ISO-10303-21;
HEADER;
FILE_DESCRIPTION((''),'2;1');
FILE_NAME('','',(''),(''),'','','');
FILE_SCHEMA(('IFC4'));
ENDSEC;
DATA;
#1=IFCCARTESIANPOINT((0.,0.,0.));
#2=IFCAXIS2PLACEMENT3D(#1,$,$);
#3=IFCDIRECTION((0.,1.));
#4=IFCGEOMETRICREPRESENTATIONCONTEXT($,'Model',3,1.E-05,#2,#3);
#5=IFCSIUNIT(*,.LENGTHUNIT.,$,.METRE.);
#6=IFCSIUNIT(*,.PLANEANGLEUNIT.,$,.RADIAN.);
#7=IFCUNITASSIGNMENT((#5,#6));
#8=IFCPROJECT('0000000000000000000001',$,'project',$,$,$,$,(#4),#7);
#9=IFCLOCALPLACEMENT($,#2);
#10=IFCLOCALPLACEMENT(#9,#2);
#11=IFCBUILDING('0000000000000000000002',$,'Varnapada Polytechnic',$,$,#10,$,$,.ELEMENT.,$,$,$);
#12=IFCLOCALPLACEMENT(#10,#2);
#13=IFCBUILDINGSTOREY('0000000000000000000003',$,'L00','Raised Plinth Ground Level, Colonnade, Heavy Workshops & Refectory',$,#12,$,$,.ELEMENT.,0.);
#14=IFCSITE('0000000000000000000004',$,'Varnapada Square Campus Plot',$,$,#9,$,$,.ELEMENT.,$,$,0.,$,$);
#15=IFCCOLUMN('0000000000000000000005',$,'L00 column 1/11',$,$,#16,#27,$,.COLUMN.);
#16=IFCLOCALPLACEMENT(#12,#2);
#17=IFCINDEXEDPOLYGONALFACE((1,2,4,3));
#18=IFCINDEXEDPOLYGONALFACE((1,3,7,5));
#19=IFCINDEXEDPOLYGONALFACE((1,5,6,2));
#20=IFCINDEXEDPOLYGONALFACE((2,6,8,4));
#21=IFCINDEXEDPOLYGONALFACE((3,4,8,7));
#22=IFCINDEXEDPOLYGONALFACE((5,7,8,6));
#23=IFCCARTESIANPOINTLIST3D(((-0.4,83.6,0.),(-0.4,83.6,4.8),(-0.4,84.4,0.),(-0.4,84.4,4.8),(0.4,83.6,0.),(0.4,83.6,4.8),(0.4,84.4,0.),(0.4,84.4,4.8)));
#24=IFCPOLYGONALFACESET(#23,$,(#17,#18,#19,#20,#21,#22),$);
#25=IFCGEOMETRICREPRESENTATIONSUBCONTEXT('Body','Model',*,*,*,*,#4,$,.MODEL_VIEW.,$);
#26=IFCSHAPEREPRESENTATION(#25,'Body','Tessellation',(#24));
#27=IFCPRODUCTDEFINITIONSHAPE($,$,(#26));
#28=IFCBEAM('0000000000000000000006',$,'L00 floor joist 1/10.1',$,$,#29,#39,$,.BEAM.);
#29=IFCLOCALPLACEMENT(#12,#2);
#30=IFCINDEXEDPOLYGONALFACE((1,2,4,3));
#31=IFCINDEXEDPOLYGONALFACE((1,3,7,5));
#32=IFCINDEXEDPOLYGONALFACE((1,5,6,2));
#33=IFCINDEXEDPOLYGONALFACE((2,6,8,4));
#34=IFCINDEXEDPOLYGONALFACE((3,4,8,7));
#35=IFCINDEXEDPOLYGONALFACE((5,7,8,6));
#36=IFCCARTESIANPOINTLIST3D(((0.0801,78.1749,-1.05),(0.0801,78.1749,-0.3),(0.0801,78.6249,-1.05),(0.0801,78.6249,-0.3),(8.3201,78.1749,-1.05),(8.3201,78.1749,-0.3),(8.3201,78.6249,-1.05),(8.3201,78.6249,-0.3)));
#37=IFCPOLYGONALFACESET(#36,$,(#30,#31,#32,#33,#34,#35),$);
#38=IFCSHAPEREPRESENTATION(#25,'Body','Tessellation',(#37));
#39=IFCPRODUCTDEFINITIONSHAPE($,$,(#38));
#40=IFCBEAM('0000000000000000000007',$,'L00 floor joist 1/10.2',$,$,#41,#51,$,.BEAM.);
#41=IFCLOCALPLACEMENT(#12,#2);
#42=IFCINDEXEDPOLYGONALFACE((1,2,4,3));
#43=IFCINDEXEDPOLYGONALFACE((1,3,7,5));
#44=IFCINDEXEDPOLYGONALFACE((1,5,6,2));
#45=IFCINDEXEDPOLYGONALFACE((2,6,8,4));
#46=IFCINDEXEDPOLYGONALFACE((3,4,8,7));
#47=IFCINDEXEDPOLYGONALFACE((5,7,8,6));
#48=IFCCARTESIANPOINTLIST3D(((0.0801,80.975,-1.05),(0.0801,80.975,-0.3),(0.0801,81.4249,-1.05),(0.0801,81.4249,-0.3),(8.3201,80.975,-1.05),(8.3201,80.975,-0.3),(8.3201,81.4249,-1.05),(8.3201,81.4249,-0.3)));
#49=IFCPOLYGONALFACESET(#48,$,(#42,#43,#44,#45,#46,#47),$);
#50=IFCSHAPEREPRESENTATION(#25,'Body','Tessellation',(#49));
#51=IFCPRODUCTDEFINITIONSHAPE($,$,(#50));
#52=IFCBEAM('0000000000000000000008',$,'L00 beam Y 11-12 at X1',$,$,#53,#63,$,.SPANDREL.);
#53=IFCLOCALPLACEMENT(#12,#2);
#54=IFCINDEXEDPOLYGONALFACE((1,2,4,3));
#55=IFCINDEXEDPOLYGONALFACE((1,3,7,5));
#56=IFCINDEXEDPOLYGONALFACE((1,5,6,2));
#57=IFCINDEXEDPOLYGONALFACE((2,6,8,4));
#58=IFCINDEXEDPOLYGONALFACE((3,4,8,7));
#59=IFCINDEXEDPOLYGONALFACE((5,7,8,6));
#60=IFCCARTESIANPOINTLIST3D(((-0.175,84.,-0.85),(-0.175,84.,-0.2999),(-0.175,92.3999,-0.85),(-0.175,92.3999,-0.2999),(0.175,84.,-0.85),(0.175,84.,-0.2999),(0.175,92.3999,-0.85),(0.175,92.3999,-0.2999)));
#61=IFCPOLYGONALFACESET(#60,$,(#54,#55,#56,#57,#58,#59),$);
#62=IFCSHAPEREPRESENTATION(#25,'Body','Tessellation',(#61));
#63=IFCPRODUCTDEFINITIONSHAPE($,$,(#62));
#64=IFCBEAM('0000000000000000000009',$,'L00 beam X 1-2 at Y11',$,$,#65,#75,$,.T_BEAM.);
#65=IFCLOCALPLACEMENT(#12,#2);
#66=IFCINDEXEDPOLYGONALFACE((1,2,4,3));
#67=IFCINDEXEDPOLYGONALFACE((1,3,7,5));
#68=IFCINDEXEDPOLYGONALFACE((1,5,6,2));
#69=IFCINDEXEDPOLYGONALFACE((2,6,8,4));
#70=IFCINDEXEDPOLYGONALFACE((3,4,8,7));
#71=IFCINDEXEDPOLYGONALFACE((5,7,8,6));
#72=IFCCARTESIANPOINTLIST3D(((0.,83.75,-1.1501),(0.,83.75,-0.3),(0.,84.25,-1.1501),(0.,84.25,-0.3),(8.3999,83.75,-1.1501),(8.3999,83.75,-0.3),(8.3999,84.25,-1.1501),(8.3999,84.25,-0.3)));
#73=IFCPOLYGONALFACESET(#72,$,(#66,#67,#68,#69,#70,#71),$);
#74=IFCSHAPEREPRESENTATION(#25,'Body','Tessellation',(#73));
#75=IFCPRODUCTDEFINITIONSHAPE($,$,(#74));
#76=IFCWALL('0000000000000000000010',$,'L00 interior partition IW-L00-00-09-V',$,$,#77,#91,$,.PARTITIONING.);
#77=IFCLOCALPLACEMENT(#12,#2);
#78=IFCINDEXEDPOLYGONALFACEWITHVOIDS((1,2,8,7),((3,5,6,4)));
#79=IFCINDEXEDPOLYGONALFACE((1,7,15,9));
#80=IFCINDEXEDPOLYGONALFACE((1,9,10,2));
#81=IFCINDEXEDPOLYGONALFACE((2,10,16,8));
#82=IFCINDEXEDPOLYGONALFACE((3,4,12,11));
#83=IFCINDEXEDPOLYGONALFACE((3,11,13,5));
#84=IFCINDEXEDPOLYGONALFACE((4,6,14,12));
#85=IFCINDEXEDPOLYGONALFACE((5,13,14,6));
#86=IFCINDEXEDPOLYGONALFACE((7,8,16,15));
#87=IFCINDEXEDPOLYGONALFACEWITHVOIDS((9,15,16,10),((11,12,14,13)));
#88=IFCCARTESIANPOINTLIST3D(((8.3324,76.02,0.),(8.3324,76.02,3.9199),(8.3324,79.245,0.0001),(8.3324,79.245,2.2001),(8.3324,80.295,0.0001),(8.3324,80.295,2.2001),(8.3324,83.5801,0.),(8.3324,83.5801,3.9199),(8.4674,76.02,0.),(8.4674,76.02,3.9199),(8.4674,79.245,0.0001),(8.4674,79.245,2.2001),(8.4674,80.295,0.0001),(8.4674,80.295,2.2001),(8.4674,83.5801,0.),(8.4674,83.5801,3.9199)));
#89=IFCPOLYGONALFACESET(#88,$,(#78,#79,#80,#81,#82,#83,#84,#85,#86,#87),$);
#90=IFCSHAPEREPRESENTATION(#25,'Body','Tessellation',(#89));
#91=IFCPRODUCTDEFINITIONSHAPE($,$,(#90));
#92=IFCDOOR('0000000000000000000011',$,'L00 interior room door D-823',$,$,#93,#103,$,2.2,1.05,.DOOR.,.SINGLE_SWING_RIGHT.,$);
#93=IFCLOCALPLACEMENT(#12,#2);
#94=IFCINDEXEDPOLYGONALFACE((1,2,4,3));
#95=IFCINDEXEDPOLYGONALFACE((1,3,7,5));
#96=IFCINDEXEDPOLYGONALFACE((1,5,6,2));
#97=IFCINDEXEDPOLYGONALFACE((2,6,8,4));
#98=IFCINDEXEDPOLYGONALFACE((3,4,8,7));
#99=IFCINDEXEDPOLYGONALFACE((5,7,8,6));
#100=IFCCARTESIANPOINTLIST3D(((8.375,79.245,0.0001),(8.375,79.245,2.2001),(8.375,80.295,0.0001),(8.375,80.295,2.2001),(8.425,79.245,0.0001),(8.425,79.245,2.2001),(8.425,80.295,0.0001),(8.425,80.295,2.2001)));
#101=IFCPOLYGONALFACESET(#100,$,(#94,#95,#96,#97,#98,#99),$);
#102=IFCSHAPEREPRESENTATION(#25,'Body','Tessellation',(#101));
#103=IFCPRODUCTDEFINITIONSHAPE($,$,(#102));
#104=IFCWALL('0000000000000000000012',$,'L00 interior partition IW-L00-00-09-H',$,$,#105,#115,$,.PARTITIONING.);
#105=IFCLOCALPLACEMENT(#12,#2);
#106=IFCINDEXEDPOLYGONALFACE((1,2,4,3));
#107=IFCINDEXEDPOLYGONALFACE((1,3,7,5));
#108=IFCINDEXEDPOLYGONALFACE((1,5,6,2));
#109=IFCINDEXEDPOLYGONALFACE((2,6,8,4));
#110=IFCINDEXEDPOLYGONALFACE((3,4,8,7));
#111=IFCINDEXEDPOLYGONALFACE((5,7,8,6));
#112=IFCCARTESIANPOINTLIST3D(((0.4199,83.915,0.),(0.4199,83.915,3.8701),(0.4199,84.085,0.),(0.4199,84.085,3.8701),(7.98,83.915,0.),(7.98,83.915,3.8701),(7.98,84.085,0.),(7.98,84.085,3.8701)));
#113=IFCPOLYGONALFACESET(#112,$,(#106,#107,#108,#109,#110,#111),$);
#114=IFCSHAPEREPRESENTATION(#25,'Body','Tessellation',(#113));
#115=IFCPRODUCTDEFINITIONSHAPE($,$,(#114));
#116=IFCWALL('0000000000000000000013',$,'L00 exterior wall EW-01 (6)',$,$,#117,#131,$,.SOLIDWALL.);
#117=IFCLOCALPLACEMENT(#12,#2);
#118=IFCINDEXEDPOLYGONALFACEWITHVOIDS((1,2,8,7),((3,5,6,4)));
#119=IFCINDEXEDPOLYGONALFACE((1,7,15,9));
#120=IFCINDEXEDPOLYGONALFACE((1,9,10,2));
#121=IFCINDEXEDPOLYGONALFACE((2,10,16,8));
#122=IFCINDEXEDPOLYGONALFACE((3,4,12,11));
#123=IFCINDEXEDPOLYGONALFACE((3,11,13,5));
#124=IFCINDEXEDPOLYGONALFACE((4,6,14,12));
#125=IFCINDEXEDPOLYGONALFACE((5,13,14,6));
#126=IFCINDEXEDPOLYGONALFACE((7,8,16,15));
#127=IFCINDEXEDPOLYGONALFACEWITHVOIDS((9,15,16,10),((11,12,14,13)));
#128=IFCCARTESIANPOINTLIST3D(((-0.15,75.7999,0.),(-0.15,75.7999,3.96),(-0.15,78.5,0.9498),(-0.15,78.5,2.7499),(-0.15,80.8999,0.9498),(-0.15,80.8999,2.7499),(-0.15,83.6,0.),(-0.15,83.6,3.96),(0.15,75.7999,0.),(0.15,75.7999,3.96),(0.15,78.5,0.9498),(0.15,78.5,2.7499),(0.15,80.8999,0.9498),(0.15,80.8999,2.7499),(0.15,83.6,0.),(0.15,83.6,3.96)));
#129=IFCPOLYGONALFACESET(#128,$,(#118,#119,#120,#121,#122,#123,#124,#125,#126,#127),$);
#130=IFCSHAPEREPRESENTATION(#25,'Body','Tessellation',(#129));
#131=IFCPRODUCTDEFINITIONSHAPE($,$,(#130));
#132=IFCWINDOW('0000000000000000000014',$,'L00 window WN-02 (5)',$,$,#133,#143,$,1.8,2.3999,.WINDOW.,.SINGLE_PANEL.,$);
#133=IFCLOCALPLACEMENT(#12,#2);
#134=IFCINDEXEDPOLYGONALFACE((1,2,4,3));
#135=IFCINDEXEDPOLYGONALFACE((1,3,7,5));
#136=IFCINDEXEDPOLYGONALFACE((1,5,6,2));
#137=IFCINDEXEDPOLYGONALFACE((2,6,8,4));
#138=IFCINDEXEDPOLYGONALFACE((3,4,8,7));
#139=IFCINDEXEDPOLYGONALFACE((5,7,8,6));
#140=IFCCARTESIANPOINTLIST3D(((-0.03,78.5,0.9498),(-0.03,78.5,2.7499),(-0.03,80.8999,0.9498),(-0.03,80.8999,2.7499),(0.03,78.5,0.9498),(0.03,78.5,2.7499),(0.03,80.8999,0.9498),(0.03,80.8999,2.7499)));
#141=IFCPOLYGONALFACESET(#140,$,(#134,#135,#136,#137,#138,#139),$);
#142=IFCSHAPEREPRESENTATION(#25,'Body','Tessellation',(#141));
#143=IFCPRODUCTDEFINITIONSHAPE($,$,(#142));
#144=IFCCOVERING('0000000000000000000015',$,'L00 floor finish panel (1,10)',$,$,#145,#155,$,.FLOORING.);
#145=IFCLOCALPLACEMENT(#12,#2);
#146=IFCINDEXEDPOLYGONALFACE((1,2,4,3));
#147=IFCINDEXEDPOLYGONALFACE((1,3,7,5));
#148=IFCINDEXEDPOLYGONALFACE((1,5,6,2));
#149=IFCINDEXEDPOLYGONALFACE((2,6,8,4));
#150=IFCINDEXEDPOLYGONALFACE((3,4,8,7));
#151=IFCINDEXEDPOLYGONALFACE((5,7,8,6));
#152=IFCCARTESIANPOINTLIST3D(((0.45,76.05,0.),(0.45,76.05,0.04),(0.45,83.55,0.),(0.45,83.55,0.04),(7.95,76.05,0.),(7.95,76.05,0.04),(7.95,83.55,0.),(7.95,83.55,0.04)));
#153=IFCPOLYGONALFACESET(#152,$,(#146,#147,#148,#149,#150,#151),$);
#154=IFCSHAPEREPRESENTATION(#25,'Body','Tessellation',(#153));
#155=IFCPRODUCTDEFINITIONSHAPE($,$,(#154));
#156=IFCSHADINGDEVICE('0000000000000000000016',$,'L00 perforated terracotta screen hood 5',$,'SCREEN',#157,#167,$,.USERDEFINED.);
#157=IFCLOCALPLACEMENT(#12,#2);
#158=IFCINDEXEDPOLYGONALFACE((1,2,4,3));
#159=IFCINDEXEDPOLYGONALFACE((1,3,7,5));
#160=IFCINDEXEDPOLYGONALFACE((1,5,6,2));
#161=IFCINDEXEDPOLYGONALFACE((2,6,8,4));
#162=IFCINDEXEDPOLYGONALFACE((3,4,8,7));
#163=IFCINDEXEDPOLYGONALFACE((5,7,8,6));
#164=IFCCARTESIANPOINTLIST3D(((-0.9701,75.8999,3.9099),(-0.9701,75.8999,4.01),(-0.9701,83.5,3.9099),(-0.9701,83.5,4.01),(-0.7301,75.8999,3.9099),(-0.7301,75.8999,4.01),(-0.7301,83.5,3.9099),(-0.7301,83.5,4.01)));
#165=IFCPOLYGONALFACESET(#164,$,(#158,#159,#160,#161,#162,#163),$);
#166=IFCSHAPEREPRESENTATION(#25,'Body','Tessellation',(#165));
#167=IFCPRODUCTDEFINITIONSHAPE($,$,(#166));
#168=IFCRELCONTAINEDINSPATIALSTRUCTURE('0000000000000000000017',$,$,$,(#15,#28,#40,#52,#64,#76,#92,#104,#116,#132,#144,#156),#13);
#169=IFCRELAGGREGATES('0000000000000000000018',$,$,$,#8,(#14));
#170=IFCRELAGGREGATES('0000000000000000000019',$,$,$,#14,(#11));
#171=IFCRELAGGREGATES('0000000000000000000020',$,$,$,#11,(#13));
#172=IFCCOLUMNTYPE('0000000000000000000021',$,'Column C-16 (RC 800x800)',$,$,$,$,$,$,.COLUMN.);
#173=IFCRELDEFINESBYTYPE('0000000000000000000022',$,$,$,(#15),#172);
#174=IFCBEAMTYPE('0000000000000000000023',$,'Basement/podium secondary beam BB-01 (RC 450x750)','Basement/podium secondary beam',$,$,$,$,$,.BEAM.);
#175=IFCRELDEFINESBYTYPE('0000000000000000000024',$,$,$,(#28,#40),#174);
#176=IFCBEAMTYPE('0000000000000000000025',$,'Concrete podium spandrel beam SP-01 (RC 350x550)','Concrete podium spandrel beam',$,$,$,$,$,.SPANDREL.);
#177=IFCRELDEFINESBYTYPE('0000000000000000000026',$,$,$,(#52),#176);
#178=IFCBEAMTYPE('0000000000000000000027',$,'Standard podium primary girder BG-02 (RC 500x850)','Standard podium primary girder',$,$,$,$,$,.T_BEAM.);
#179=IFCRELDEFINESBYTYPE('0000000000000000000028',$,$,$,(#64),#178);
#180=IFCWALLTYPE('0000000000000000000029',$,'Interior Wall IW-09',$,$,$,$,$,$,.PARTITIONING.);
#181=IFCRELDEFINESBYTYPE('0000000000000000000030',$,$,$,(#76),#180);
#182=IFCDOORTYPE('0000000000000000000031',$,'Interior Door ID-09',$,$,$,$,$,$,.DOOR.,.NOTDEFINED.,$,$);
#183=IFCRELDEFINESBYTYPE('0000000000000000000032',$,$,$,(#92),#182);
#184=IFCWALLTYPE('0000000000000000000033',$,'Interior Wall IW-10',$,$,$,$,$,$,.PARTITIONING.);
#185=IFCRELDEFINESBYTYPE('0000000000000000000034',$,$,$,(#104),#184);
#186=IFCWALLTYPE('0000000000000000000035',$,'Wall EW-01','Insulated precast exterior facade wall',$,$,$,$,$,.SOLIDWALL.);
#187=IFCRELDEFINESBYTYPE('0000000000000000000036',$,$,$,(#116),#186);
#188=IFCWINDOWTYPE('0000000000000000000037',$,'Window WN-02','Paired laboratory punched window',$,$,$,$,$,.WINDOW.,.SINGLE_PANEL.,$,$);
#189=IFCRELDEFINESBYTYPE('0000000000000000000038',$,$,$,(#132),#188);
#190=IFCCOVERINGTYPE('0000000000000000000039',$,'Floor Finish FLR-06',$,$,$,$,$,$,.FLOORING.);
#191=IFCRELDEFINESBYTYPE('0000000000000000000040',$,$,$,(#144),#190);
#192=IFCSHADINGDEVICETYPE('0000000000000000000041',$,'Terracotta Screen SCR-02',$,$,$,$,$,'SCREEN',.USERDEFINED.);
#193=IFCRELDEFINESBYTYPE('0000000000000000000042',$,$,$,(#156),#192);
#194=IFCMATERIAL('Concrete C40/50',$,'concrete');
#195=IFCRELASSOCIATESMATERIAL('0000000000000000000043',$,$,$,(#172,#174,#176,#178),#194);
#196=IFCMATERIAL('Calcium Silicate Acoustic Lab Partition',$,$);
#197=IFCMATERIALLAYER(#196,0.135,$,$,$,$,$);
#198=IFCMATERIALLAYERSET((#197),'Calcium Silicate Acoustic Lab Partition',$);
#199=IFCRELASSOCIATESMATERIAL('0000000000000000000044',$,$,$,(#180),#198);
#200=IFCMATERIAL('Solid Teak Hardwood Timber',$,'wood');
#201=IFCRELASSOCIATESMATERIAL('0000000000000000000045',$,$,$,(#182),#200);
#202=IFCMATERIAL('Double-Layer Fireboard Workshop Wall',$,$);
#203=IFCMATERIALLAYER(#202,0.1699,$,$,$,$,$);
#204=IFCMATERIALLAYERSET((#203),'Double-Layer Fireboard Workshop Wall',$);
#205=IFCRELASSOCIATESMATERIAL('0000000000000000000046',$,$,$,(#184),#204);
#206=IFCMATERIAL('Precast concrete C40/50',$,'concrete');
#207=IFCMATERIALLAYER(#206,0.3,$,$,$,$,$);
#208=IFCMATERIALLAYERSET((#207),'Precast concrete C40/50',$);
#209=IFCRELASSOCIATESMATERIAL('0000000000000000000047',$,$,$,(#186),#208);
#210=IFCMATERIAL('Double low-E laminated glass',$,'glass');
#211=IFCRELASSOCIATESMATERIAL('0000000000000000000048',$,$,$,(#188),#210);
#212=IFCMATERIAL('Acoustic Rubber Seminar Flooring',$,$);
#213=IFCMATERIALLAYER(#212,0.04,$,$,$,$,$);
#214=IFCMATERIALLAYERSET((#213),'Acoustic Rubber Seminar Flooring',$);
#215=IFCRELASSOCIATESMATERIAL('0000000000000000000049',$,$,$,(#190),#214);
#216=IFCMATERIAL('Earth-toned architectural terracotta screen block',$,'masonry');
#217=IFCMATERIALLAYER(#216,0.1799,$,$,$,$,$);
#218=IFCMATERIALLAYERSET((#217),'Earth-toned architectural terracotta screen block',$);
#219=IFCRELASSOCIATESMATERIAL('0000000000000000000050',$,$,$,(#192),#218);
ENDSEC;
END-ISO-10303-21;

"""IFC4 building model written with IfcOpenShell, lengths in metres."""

from ifc_helpers import new_model, si_unit, direction, frame, frame_2d, origin, origin_2d, place, context, subcontext, project, spatial, rectangle, extrude, material, layer, layer_set, material_profile, profile_set, type_object, element, fill, save


model = new_model("IFC4")

# Units and contexts
model_context = context("Model", 3, precision=1e-05, world=origin(), true_north=direction((0.0, 1.0)))
body_context = subcontext(model_context, "Body", "Model", "MODEL_VIEW")
ifc_project = project(units=[si_unit("LENGTHUNIT", "METRE"), si_unit("PLANEANGLEUNIT", "RADIAN")], contexts=[model_context])

# Site, building, storey
site_placement = place(None, origin())
site = spatial("IfcSite", under=ifc_project, at=site_placement, Name="Varnapada Square Campus Plot", CompositionType="ELEMENT", RefElevation=0.0)
building_placement = place(site_placement, origin())
building = spatial("IfcBuilding", under=site, at=building_placement, Name="Varnapada Polytechnic", CompositionType="ELEMENT")
storey_placement = place(building_placement, origin())
storey = spatial("IfcBuildingStorey", under=building, at=storey_placement, Name="L00", Description="Raised Plinth Ground Level, Colonnade, Heavy Workshops & Refectory", CompositionType="ELEMENT", Elevation=0.0)

# Column
ifc_material_1 = material(Name="Concrete C40/50", Category="concrete")
ifc_material_profile_1 = material_profile(ifc_material_1, rectangle(XDim=0.8, YDim=0.8, at=origin_2d()), Name="RC 800x800")
ifc_profile_set_1 = profile_set([ifc_material_profile_1], Name="Concrete C40/50")
column_type = type_object("IfcColumnType", Name="Column C-16 (RC 800x800)", PredefinedType="COLUMN", material=ifc_profile_set_1)
column_placement = place(storey_placement, frame((0.0, 84.0, 0.0), z_axis=(0.0, 0.0, 1.0), x_axis=(1.0, 0.0, 0.0)))
element("IfcColumn", 1, at=column_placement, inside=storey, type_object=column_type, Name="L00 column 1/11", PredefinedType="COLUMN", context=body_context, shape_type="SweptSolid", body=[
    extrude(rectangle(XDim=0.8, YDim=0.8, at=origin_2d()), origin(), (0.0, 0.0, 1.0), 4.8),
])

# Beams
ifc_material_profile_2 = material_profile(ifc_material_1, rectangle(XDim=0.45, YDim=0.75, at=origin_2d()), Name="RC 450x750")
ifc_profile_set_2 = profile_set([ifc_material_profile_2], Name="Concrete C40/50")
beam_type_1 = type_object("IfcBeamType", Name="Basement/podium secondary beam BB-01 (RC 450x750)", Description="Basement/podium secondary beam", PredefinedType="BEAM", material=ifc_profile_set_2)
for number, where, z_axis, x_axis, name in (
    (2, (0.0801, 78.3999, -0.675), (1.0, 0.0, 0.0), (0.0, 1.0, 0.0), "L00 floor joist 1/10.1"),
    (3, (0.0801, 81.2, -0.675), (1.0, 0.0, 0.0), (0.0, 1.0, 0.0), "L00 floor joist 1/10.2"),
):
    element("IfcBeam", number, at=place(storey_placement, frame(where, z_axis=z_axis, x_axis=x_axis)), inside=storey, type_object=beam_type_1, Name=name, PredefinedType="BEAM", context=body_context, shape_type="SweptSolid", body=[
        extrude(rectangle(XDim=0.45, YDim=0.75, at=origin_2d()), origin(), (0.0, 0.0, 1.0), 8.24),
    ])
ifc_material_profile_3 = material_profile(ifc_material_1, rectangle(XDim=0.3501, YDim=0.55, at=origin_2d()), Name="RC 350x550")
ifc_profile_set_3 = profile_set([ifc_material_profile_3], Name="Concrete C40/50")
beam_type_2 = type_object("IfcBeamType", Name="Concrete podium spandrel beam SP-01 (RC 350x550)", Description="Concrete podium spandrel beam", PredefinedType="SPANDREL", material=ifc_profile_set_3)
beam_1_placement = place(storey_placement, frame((0.0, 84.0, -0.575), z_axis=(0.0, 1.0, 0.0), x_axis=(-1.0, 0.0, 0.0)))
element("IfcBeam", 4, at=beam_1_placement, inside=storey, type_object=beam_type_2, Name="L00 beam Y 11-12 at X1", PredefinedType="SPANDREL", context=body_context, shape_type="SweptSolid", body=[
    extrude(rectangle(XDim=0.3501, YDim=0.55, at=origin_2d()), origin(), (0.0, 0.0, 1.0), 8.3999),
])
ifc_material_profile_4 = material_profile(ifc_material_1, rectangle(XDim=0.5, YDim=0.8501, at=origin_2d()), Name="RC 500x850")
ifc_profile_set_4 = profile_set([ifc_material_profile_4], Name="Concrete C40/50")
beam_type_3 = type_object("IfcBeamType", Name="Standard podium primary girder BG-02 (RC 500x850)", Description="Standard podium primary girder", PredefinedType="T_BEAM", material=ifc_profile_set_4)
beam_2_placement = place(storey_placement, frame((0.0, 84.0, -0.7251), z_axis=(1.0, 0.0, 0.0), x_axis=(0.0, 1.0, 0.0)))
element("IfcBeam", 5, at=beam_2_placement, inside=storey, type_object=beam_type_3, Name="L00 beam X 1-2 at Y11", PredefinedType="T_BEAM", context=body_context, shape_type="SweptSolid", body=[
    extrude(rectangle(XDim=0.5, YDim=0.8501, at=origin_2d()), origin(), (0.0, 0.0, 1.0), 8.3999),
])

# Wall, opening, door
ifc_material_2 = material(Name="Calcium Silicate Acoustic Lab Partition")
ifc_layer_1 = layer(ifc_material_2, 0.135)
ifc_layer_set_1 = layer_set([ifc_layer_1], Name="Calcium Silicate Acoustic Lab Partition")
wall_type_1 = type_object("IfcWallType", Name="Interior Wall IW-09", PredefinedType="PARTITIONING", material=ifc_layer_set_1)
wall_1_placement = place(storey_placement, frame((8.3999, 76.02, 0.0), z_axis=(0.0, 0.0, 1.0), x_axis=(0.0, 1.0, 0.0)))
wall_1 = element("IfcWall", 6, at=wall_1_placement, inside=storey, type_object=wall_type_1, Name="L00 interior partition IW-L00-00-09-V", PredefinedType="PARTITIONING", context=body_context, shape_type="SweptSolid", body=[
    extrude(rectangle(XDim=7.5601, YDim=0.135, at=frame_2d((3.78, 0.0))), origin(), (0.0, 0.0, 1.0), 3.9199),
])
opening_1_placement = place(wall_1_placement, frame((3.2251, 0.0, 0.0)))
opening_1 = element("IfcOpeningElement", 7, at=opening_1_placement, cuts=wall_1, PredefinedType="OPENING", context=body_context, shape_type="SweptSolid", body=[
    extrude(rectangle(XDim=1.05, YDim=2.2, at=frame_2d((0.5249, 1.1001))), frame((0.0, 0.0774, 0.0), z_axis=(0.0, -1.0, 0.0), x_axis=(1.0, 0.0, 0.0)), (0.0, 0.0, 1.0), 0.155),
])
ifc_material_3 = material(Name="Solid Teak Hardwood Timber", Category="wood")
door_type = type_object("IfcDoorType", Name="Interior Door ID-09", OperationType="NOTDEFINED", PredefinedType="DOOR", material=ifc_material_3)
door_placement = place(opening_1_placement, origin())
door = element("IfcDoor", 8, at=door_placement, inside=storey, type_object=door_type, Name="L00 interior room door D-823", OperationType="SINGLE_SWING_RIGHT", OverallHeight=2.2, OverallWidth=1.05, PredefinedType="DOOR", context=body_context, shape_type="SweptSolid", body=[
    extrude(rectangle(XDim=1.05, YDim=2.2, at=frame_2d((0.5249, 1.1001))), frame((0.0, 0.0249, 0.0), z_axis=(0.0, -1.0, 0.0), x_axis=(1.0, 0.0, 0.0)), (0.0, 0.0, 1.0), 0.05),
])
fill(opening_1, door)

# Wall
ifc_material_4 = material(Name="Double-Layer Fireboard Workshop Wall")
ifc_layer_2 = layer(ifc_material_4, 0.1699)
ifc_layer_set_2 = layer_set([ifc_layer_2], Name="Double-Layer Fireboard Workshop Wall")
wall_type_2 = type_object("IfcWallType", Name="Interior Wall IW-10", PredefinedType="PARTITIONING", material=ifc_layer_set_2)
wall_2_placement = place(storey_placement, frame((0.4199, 84.0, 0.0), z_axis=(0.0, 0.0, 1.0), x_axis=(1.0, 0.0, 0.0)))
element("IfcWall", 9, at=wall_2_placement, inside=storey, type_object=wall_type_2, Name="L00 interior partition IW-L00-00-09-H", PredefinedType="PARTITIONING", context=body_context, shape_type="SweptSolid", body=[
    extrude(rectangle(XDim=7.5601, YDim=0.1699, at=frame_2d((3.78, 0.0))), origin(), (0.0, 0.0, 1.0), 3.8701),
])

# Wall, opening, window
ifc_material_5 = material(Name="Precast concrete C40/50", Category="concrete")
ifc_layer_3 = layer(ifc_material_5, 0.3)
ifc_layer_set_3 = layer_set([ifc_layer_3], Name="Precast concrete C40/50")
wall_type_3 = type_object("IfcWallType", Name="Wall EW-01", Description="Insulated precast exterior facade wall", PredefinedType="SOLIDWALL", material=ifc_layer_set_3)
wall_3_placement = place(storey_placement, frame((0.0, 75.8, 0.0), z_axis=(0.0, 0.0, 1.0), x_axis=(0.0, 1.0, 0.0)))
wall_3 = element("IfcWall", 10, at=wall_3_placement, inside=storey, type_object=wall_type_3, Name="L00 exterior wall EW-01 (6)", PredefinedType="SOLIDWALL", context=body_context, shape_type="SweptSolid", body=[
    extrude(rectangle(XDim=7.8, YDim=0.3, at=frame_2d((3.8999, 0.0))), origin(), (0.0, 0.0, 1.0), 3.96),
])
opening_2_placement = place(wall_3_placement, frame((2.7, 0.0, 0.95)))
opening_2 = element("IfcOpeningElement", 11, at=opening_2_placement, cuts=wall_3, PredefinedType="OPENING", context=body_context, shape_type="SweptSolid", body=[
    extrude(rectangle(XDim=2.3999, YDim=1.8, at=frame_2d((1.2, 0.8999))), frame((0.0, 0.1599, 0.0), z_axis=(0.0, -1.0, 0.0), x_axis=(1.0, 0.0, 0.0)), (0.0, 0.0, 1.0), 0.3201),
])
ifc_material_6 = material(Name="Double low-E laminated glass", Category="glass")
window_type = type_object("IfcWindowType", Name="Window WN-02", Description="Paired laboratory punched window", PartitioningType="SINGLE_PANEL", PredefinedType="WINDOW", material=ifc_material_6)
window_placement = place(opening_2_placement, origin())
window = element("IfcWindow", 12, at=window_placement, inside=storey, type_object=window_type, Name="L00 window WN-02 (5)", OverallHeight=1.8, OverallWidth=2.3999, PartitioningType="SINGLE_PANEL", PredefinedType="WINDOW", context=body_context, shape_type="SweptSolid", body=[
    extrude(rectangle(XDim=2.3999, YDim=1.8, at=frame_2d((1.2, 0.8999))), frame((0.0, 0.03, 0.0), z_axis=(0.0, -1.0, 0.0), x_axis=(1.0, 0.0, 0.0)), (0.0, 0.0, 1.0), 0.0601),
])
fill(opening_2, window)

# Covering
ifc_material_7 = material(Name="Acoustic Rubber Seminar Flooring")
ifc_layer_4 = layer(ifc_material_7, 0.04)
ifc_layer_set_4 = layer_set([ifc_layer_4], Name="Acoustic Rubber Seminar Flooring")
covering_type = type_object("IfcCoveringType", Name="Floor Finish FLR-06", PredefinedType="FLOORING", material=ifc_layer_set_4)
covering_placement = place(storey_placement, frame((4.2, 79.8, 0.0), z_axis=(0.0, 0.0, 1.0), x_axis=(1.0, 0.0, 0.0)))
element("IfcCovering", 13, at=covering_placement, inside=storey, type_object=covering_type, Name="L00 floor finish panel (1,10)", PredefinedType="FLOORING", context=body_context, shape_type="SweptSolid", body=[
    extrude(rectangle(XDim=7.5, YDim=7.5, at=origin_2d()), origin(), (0.0, 0.0, 1.0), 0.04),
])

# Shading device
ifc_material_8 = material(Name="Earth-toned architectural terracotta screen block", Category="masonry")
ifc_layer_5 = layer(ifc_material_8, 0.1799)
ifc_layer_set_5 = layer_set([ifc_layer_5], Name="Earth-toned architectural terracotta screen block")
shading_device_type = type_object("IfcShadingDeviceType", Name="Terracotta Screen SCR-02", ElementType="SCREEN", PredefinedType="USERDEFINED", material=ifc_layer_set_5)
shading_device_placement = place(storey_placement, frame((-0.8501, 79.7, 3.9099), z_axis=(0.0, 0.0, 1.0), x_axis=(0.0, 1.0, 0.0)))
element("IfcShadingDevice", 14, at=shading_device_placement, inside=storey, type_object=shading_device_type, Name="L00 perforated terracotta screen hood 5", ObjectType="SCREEN", PredefinedType="USERDEFINED", context=body_context, shape_type="SweptSolid", body=[
    extrude(rectangle(XDim=7.6001, YDim=0.24, at=origin_2d()), origin(), (0.0, 0.0, 1.0), 0.1001),
])

save(model, "model.ifc")
